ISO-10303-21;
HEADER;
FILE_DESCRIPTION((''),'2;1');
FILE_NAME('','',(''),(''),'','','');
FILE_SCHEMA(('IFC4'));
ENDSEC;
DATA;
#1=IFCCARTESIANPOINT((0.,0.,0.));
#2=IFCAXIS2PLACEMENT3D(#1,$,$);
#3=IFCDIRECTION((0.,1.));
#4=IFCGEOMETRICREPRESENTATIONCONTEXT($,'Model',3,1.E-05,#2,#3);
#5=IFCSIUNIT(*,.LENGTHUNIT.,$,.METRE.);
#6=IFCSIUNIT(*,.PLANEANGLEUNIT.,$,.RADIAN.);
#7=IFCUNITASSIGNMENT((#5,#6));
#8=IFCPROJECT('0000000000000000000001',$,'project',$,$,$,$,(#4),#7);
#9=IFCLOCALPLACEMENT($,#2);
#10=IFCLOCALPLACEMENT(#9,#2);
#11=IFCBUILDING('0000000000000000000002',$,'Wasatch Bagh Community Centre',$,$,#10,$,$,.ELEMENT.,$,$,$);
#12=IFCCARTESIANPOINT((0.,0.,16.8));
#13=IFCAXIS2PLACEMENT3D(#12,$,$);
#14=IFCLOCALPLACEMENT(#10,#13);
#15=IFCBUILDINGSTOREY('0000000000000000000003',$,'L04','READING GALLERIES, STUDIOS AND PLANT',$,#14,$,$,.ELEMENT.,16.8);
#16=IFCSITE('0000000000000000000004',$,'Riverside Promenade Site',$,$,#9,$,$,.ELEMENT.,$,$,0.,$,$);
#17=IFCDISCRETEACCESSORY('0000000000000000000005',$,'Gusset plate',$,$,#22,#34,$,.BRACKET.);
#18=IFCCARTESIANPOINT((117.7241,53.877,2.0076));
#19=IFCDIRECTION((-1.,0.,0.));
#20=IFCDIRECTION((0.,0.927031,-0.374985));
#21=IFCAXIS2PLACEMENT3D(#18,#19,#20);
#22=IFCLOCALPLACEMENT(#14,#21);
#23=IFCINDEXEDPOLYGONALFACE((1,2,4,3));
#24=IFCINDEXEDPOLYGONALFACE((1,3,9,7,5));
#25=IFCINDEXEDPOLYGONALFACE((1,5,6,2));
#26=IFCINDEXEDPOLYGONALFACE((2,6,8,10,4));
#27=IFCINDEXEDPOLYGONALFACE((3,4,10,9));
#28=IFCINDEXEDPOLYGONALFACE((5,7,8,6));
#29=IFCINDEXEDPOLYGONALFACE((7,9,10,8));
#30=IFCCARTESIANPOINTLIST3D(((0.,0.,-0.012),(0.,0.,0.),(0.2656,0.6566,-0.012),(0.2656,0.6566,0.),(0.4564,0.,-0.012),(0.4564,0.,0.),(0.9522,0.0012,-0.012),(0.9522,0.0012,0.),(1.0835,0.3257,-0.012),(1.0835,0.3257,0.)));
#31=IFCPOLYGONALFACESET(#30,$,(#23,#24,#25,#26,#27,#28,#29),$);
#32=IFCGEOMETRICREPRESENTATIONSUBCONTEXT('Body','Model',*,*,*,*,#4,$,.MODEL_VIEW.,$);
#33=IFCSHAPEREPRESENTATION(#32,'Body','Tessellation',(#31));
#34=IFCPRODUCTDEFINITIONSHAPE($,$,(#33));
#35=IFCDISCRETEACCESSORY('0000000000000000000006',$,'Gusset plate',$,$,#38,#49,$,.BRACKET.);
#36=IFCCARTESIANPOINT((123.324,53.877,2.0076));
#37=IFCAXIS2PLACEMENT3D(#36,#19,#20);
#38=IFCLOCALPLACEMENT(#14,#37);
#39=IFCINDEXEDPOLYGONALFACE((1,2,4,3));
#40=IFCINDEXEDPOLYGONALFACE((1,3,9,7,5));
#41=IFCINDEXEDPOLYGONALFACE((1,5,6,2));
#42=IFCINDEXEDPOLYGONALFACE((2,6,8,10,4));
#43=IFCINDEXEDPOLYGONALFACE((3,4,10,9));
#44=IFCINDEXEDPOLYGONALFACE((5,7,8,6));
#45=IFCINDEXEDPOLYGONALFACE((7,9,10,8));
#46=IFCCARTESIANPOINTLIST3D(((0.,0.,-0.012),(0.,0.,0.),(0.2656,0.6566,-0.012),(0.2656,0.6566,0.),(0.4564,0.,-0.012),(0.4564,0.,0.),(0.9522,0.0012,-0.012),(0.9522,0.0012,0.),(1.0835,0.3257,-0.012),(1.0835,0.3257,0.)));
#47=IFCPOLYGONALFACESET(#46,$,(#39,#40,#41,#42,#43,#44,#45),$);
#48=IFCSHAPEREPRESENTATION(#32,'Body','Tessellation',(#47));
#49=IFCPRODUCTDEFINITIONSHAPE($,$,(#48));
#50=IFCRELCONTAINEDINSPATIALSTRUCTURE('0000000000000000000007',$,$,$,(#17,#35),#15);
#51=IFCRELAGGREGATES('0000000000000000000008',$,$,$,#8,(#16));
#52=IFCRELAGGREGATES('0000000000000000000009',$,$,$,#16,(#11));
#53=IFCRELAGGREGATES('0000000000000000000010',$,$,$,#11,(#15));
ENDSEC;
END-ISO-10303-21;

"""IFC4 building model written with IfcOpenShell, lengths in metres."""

from ifc_helpers import new_model, si_unit, direction, frame, origin, place, context, subcontext, project, spatial, polyline, outline, extrude, element, save


model = new_model("IFC4")

# Units and contexts
model_context = context("Model", 3, precision=1e-05, world=origin(), true_north=direction((0.0, 1.0)))
body_context = subcontext(model_context, "Body", "Model", "MODEL_VIEW")
ifc_project = project(units=[si_unit("LENGTHUNIT", "METRE"), si_unit("PLANEANGLEUNIT", "RADIAN")], contexts=[model_context])

# Site, building, storey
site_placement = place(None, origin())
site = spatial("IfcSite", under=ifc_project, at=site_placement, Name="Riverside Promenade Site", CompositionType="ELEMENT", RefElevation=0.0)
building_placement = place(site_placement, origin())
building = spatial("IfcBuilding", under=site, at=building_placement, Name="Wasatch Bagh Community Centre", CompositionType="ELEMENT")
storey_placement = place(building_placement, frame((0.0, 0.0, 16.8)))
storey = spatial("IfcBuildingStorey", under=building, at=storey_placement, Name="L04", Description="READING GALLERIES, STUDIOS AND PLANT", CompositionType="ELEMENT", Elevation=16.8)

# Discrete accessories
for number, where, z_axis, x_axis, name in (
    (1, (117.7241, 53.877, 2.0076), (-1.0, 0.0, 0.0), (0.0, 0.927031, -0.374985), "Gusset plate"),
    (2, (123.324, 53.877, 2.0076), (-1.0, 0.0, 0.0), (0.0, 0.927031, -0.374985), "Gusset plate"),
):
    element("IfcDiscreteAccessory", number, at=place(storey_placement, frame(where, z_axis=z_axis, x_axis=x_axis)), inside=storey, Name=name, PredefinedType="BRACKET", context=body_context, shape_type="SweptSolid", body=[
        extrude(outline(polyline([(0.0, 0.0), (0.4564, 0.0), (0.9522, 0.0012), (1.0835, 0.3257), (0.2656, 0.6566), (0.0, 0.0)])), origin(), (0.0, 0.0, -1.0), 0.012),
    ])

save(model, "model.ifc")
